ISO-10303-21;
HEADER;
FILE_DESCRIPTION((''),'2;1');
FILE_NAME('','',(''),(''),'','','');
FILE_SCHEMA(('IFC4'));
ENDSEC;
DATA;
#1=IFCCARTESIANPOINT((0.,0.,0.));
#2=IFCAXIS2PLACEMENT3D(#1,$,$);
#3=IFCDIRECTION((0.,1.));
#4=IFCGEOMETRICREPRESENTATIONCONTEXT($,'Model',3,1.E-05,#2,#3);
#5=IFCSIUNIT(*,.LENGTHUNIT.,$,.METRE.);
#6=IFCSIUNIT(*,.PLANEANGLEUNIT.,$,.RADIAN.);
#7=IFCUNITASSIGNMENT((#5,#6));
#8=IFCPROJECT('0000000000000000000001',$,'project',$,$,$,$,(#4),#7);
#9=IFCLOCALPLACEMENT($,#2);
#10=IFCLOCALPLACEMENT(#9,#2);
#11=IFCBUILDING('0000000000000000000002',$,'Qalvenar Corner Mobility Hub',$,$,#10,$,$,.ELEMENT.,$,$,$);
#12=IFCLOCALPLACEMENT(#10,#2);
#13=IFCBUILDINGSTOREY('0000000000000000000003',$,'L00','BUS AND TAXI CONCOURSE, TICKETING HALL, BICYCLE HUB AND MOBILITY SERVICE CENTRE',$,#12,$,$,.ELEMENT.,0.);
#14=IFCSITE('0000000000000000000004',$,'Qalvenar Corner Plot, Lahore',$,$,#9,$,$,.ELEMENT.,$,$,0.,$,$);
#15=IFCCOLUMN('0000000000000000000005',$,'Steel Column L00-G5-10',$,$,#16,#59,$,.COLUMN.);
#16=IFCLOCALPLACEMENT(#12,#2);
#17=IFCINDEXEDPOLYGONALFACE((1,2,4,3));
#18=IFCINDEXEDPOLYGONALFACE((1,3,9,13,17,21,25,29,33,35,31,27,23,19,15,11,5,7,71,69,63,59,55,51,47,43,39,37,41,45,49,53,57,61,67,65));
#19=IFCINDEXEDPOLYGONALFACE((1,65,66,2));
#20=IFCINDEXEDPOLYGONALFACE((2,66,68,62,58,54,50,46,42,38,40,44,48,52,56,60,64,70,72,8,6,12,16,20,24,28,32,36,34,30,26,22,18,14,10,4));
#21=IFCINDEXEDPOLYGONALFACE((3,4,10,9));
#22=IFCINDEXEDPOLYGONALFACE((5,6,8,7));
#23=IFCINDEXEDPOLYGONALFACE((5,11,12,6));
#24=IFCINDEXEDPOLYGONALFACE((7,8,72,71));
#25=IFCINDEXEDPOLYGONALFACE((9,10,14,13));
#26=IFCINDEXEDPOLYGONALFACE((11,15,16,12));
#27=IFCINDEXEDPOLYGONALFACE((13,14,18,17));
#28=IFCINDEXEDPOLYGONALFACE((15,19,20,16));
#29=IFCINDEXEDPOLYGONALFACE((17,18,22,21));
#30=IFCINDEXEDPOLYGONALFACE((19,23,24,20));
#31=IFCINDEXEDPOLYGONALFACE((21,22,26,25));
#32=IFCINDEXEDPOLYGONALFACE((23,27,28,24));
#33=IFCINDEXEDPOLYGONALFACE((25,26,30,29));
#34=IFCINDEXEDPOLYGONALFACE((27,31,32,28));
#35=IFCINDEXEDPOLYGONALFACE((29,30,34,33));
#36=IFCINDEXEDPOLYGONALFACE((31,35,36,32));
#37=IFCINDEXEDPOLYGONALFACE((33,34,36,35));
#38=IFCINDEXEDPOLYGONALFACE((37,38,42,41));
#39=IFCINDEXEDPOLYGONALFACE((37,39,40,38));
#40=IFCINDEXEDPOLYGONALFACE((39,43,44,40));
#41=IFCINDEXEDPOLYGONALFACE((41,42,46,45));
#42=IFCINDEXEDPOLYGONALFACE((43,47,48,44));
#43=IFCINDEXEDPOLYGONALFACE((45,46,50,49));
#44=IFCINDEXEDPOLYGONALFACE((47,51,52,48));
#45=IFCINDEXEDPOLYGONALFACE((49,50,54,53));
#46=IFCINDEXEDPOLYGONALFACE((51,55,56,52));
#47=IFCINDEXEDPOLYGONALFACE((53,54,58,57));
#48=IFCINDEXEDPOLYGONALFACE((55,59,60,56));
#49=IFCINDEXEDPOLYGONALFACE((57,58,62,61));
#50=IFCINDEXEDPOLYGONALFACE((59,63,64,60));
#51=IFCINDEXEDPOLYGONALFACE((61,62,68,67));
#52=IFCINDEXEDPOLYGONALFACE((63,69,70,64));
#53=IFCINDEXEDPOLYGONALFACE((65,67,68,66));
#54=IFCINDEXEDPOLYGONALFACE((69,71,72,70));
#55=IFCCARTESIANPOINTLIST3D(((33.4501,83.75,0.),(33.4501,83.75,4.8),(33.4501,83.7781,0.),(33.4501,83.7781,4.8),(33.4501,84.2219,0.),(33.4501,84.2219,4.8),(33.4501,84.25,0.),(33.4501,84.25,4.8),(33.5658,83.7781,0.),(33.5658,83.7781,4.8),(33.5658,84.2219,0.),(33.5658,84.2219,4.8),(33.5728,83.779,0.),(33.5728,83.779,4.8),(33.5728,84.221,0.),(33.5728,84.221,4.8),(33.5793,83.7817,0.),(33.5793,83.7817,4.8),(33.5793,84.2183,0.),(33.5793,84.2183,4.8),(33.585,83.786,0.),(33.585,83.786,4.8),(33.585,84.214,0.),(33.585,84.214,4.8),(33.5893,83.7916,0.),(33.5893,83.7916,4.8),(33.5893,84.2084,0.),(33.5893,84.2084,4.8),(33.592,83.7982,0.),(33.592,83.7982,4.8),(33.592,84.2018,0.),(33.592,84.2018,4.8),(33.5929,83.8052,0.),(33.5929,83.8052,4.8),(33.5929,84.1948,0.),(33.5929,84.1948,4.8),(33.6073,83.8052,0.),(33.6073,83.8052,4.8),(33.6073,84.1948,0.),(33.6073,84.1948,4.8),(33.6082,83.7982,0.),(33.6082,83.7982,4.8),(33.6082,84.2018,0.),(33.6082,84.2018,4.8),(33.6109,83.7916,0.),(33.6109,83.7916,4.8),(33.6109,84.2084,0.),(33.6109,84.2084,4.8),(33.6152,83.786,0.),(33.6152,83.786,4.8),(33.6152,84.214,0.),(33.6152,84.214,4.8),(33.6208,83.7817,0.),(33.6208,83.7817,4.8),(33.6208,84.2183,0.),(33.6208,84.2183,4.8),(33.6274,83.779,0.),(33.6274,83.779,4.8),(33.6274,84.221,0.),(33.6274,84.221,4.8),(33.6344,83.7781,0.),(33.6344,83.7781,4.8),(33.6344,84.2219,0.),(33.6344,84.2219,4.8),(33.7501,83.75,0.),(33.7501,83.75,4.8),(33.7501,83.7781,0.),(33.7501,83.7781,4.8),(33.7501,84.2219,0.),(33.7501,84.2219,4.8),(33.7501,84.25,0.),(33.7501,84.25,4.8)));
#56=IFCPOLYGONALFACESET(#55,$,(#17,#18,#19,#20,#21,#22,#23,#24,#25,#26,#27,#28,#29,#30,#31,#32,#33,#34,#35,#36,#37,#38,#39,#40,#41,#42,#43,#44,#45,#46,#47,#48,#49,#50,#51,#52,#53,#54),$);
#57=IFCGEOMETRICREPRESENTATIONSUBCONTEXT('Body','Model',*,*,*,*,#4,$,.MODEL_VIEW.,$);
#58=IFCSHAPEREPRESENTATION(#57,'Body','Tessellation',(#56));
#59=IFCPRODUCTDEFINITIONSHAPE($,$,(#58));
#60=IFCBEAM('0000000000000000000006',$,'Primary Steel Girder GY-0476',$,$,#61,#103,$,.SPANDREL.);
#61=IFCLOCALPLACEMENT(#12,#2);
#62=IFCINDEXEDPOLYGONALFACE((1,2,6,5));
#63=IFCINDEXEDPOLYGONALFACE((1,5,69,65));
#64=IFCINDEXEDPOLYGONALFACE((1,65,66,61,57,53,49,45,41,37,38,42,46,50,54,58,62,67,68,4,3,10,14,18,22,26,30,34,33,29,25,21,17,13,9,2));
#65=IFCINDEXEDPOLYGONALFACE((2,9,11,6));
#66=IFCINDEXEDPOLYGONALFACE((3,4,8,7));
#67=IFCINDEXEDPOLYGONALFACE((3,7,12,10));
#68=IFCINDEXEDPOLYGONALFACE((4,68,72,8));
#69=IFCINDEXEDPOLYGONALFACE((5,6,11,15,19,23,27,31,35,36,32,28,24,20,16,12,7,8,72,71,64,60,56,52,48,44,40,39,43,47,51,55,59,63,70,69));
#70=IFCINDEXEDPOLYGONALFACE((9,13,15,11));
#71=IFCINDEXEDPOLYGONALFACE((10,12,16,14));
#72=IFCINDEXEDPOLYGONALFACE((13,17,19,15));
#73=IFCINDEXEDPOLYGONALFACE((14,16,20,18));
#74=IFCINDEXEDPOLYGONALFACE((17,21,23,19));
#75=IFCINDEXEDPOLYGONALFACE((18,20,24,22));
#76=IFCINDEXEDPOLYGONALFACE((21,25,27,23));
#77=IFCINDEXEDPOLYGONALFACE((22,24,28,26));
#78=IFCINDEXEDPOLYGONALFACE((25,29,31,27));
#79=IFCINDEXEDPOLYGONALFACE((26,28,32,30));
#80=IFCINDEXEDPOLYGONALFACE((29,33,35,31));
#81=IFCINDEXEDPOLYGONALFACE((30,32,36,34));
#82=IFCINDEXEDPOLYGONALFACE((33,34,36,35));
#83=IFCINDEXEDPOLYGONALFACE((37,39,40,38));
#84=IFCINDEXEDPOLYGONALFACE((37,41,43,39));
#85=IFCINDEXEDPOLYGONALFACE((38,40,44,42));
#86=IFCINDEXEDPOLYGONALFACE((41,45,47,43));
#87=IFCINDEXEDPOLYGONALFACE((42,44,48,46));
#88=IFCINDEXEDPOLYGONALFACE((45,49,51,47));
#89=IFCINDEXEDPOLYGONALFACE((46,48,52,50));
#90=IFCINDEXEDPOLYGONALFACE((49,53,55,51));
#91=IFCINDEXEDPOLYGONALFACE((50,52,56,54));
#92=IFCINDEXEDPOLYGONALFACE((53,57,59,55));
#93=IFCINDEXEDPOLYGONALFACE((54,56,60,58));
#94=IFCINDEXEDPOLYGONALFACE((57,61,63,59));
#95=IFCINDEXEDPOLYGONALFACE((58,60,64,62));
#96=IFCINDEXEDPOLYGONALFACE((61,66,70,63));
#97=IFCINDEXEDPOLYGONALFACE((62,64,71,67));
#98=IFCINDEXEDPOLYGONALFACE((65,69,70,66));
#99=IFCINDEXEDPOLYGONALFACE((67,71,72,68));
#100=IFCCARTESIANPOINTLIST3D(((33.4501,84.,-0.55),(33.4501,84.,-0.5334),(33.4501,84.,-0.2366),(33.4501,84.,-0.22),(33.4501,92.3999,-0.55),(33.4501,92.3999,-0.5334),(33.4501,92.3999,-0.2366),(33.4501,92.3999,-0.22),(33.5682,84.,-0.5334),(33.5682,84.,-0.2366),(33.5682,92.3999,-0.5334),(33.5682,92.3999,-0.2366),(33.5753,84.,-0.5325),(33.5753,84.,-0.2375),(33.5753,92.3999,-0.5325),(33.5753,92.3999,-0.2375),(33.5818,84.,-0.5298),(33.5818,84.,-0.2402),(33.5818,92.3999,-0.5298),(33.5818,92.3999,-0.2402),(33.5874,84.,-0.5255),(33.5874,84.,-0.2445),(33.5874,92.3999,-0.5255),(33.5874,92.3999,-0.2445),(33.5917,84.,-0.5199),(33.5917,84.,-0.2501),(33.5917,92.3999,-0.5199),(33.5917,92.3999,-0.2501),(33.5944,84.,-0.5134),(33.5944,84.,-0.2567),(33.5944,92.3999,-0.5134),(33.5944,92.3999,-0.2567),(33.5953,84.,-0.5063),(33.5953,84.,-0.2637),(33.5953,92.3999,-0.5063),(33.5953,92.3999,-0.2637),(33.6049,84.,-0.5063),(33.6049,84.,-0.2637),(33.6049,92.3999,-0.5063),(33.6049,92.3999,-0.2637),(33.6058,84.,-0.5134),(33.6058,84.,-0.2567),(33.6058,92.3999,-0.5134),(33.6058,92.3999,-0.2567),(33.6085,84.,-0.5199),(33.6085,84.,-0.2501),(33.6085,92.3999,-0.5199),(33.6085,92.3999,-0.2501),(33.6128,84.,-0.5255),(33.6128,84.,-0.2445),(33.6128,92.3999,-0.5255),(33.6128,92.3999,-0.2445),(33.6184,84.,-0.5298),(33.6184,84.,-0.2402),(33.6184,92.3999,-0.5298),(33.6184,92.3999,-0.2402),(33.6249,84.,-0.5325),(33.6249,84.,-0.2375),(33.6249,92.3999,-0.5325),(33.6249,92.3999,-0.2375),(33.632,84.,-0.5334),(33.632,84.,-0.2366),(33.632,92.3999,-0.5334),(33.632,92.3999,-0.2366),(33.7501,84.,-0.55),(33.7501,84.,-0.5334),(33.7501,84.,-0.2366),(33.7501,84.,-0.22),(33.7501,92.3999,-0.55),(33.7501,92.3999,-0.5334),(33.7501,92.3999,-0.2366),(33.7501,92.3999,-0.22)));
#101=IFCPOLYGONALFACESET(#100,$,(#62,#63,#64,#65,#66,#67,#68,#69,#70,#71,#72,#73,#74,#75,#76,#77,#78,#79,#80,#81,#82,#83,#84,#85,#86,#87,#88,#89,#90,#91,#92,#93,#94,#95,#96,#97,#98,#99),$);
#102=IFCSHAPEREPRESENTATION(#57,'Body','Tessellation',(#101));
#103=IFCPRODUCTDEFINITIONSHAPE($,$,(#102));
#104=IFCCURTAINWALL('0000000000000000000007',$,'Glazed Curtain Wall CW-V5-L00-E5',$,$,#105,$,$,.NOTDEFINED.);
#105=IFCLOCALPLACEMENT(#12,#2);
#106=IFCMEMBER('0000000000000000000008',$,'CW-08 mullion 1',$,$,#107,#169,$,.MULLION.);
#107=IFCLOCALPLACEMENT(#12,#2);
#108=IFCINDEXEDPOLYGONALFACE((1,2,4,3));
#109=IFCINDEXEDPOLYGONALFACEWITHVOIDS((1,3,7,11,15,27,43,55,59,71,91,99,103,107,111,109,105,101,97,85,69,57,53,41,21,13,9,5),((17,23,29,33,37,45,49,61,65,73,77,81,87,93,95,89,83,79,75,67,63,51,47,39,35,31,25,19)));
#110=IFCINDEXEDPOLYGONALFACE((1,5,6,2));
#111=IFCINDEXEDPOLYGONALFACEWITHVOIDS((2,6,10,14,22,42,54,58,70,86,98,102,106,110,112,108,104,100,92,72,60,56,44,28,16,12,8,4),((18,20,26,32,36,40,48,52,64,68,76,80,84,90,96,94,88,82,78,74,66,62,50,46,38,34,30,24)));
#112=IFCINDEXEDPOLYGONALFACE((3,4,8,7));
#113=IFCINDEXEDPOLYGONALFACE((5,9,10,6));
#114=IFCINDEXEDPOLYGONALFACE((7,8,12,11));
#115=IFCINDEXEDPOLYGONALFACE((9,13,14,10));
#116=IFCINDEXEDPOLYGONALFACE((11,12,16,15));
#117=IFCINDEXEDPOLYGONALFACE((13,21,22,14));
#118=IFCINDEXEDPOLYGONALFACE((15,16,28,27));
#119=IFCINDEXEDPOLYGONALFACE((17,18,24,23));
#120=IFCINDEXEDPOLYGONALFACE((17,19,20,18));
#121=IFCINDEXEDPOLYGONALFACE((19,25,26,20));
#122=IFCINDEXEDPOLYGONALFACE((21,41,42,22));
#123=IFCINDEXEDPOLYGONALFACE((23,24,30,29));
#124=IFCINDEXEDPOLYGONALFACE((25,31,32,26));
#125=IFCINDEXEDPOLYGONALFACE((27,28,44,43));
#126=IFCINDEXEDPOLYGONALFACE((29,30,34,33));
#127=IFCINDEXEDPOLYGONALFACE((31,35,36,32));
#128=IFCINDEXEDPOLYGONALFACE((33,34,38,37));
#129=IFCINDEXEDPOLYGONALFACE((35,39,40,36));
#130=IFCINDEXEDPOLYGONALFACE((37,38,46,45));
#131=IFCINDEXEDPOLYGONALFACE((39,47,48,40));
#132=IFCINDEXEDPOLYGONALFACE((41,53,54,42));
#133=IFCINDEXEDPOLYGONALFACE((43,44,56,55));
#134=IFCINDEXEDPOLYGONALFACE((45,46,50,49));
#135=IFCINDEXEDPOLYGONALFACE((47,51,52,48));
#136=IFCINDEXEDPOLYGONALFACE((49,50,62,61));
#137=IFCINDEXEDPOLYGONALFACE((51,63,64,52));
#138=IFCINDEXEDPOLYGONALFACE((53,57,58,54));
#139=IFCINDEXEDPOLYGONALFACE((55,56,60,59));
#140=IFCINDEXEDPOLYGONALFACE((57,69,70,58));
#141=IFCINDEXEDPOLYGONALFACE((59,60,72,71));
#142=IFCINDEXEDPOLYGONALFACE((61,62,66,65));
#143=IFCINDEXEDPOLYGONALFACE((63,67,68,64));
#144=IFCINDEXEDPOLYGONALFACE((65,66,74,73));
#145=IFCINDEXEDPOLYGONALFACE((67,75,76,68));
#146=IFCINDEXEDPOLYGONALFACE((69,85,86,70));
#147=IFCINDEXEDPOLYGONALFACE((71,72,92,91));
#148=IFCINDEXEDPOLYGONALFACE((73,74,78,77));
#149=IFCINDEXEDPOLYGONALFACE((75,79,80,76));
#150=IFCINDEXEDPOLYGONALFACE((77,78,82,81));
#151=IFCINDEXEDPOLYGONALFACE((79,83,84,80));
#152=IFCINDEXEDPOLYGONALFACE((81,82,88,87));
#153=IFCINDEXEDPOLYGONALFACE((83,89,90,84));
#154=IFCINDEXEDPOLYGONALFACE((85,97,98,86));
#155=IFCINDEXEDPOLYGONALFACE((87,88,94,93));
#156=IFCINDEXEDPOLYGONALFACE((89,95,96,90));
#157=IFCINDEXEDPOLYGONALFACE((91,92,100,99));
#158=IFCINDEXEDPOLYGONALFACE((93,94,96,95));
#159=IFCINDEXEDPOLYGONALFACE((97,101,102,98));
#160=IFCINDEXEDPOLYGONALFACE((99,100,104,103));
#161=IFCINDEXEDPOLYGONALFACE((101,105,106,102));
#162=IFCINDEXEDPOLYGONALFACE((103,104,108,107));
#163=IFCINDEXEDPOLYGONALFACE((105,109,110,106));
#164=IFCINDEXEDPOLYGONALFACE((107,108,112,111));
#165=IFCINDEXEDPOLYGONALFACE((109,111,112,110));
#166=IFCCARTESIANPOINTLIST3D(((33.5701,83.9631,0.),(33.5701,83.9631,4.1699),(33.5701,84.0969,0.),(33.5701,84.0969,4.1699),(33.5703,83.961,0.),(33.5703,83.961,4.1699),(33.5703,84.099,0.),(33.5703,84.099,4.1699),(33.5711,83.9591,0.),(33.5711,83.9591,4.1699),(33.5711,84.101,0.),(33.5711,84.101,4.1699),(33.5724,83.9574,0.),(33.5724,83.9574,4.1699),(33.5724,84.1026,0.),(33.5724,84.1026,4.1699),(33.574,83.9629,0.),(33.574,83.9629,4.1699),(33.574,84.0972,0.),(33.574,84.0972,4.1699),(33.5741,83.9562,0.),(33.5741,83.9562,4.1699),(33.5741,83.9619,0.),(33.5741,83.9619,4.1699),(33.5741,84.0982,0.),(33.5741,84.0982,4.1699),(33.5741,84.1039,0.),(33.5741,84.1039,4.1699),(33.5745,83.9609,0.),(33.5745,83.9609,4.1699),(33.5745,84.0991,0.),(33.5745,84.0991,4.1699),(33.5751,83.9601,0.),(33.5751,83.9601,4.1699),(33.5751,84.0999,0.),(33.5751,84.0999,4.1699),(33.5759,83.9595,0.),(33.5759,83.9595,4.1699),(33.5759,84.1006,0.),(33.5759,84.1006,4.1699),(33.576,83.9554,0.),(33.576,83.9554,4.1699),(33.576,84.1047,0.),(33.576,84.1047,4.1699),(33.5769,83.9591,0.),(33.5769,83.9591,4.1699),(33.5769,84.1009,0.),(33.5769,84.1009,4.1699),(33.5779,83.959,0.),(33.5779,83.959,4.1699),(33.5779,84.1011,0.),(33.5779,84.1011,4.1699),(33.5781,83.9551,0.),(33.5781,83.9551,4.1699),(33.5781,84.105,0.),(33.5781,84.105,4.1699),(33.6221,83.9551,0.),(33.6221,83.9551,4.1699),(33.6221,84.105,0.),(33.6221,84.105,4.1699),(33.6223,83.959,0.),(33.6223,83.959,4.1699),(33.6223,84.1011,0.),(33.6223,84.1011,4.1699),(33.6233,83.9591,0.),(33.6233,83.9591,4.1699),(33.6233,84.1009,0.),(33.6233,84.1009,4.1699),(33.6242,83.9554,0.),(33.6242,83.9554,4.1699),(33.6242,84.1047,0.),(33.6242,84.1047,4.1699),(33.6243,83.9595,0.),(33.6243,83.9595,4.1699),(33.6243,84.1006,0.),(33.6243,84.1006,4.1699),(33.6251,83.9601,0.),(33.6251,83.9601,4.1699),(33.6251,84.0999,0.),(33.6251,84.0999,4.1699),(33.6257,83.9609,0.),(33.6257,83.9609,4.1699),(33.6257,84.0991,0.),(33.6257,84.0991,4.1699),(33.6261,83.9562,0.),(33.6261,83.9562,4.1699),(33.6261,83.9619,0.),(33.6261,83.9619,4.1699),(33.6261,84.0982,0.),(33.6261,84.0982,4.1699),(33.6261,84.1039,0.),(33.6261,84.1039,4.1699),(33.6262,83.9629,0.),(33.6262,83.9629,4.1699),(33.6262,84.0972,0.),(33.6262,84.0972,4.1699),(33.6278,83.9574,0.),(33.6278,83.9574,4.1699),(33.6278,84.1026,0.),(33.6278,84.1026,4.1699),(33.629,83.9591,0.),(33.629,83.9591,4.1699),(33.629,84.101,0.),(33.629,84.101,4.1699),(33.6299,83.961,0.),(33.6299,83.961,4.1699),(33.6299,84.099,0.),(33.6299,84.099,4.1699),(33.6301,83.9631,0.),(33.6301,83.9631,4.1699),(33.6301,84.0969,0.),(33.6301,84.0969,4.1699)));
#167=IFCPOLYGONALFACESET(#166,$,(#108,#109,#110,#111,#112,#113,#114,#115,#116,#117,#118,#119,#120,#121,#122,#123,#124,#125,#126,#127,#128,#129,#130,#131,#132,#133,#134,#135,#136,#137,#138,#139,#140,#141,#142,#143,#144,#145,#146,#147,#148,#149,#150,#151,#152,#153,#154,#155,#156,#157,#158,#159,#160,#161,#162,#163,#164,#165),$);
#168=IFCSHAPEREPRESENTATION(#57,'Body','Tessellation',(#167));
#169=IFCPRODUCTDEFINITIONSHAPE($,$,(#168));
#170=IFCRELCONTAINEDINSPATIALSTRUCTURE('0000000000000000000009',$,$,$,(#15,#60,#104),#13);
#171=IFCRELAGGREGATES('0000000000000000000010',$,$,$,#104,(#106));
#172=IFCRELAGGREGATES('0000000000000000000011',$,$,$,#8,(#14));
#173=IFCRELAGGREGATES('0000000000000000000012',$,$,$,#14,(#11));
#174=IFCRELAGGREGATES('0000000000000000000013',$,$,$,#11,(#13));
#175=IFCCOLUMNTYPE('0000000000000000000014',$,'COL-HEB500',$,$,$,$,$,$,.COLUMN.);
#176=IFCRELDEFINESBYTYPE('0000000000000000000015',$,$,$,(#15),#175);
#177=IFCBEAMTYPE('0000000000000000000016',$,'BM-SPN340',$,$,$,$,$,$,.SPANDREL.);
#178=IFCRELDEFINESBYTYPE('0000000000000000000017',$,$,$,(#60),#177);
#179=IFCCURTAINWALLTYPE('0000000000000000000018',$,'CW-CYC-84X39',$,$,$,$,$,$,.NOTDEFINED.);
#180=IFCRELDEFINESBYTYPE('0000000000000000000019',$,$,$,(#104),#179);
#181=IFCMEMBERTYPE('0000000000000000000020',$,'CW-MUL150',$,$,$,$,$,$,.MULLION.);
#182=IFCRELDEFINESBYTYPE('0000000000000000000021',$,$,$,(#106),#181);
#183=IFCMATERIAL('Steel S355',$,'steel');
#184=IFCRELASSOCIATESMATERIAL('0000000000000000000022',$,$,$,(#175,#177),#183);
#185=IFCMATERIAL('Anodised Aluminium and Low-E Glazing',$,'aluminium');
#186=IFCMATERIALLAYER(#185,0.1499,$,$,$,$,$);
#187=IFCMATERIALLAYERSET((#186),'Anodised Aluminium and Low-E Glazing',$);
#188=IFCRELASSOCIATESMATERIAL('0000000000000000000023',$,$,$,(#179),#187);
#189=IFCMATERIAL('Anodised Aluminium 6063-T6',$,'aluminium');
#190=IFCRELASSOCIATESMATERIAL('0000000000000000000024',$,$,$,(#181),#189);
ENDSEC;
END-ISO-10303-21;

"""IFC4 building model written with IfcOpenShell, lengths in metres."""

from ifc_helpers import new_model, si_unit, direction, frame, origin, origin_2d, place, context, subcontext, project, spatial, hollow_rectangle, i_section, extrude, material, layer, layer_set, material_profile, profile_set, type_object, element, aggregate, save


model = new_model("IFC4")

# Units and contexts
model_context = context("Model", 3, precision=1e-05, world=origin(), true_north=direction((0.0, 1.0)))
body_context = subcontext(model_context, "Body", "Model", "MODEL_VIEW")
ifc_project = project(units=[si_unit("LENGTHUNIT", "METRE"), si_unit("PLANEANGLEUNIT", "RADIAN")], contexts=[model_context])

# Site, building, storey
site_placement = place(None, origin())
site = spatial("IfcSite", under=ifc_project, at=site_placement, Name="Qalvenar Corner Plot, Lahore", CompositionType="ELEMENT", RefElevation=0.0)
building_placement = place(site_placement, origin())
building = spatial("IfcBuilding", under=site, at=building_placement, Name="Qalvenar Corner Mobility Hub", CompositionType="ELEMENT")
storey_placement = place(building_placement, origin())
storey = spatial("IfcBuildingStorey", under=building, at=storey_placement, Name="L00", Description="BUS AND TAXI CONCOURSE, TICKETING HALL, BICYCLE HUB AND MOBILITY SERVICE CENTRE", CompositionType="ELEMENT", Elevation=0.0)

# Column
ifc_material_1 = material(Name="Steel S355", Category="steel")
ifc_material_profile_1 = material_profile(ifc_material_1, i_section(OverallWidth=0.3, OverallDepth=0.5, WebThickness=0.0144, FlangeThickness=0.0281, FilletRadius=0.0271, at=origin_2d()), Name="HEB500")
ifc_profile_set_1 = profile_set([ifc_material_profile_1], Name="Steel S355")
column_type = type_object("IfcColumnType", Name="COL-HEB500", PredefinedType="COLUMN", material=ifc_profile_set_1)
column_placement = place(storey_placement, frame((33.6001, 84.0, 0.0), z_axis=(0.0, 0.0, 1.0), x_axis=(1.0, 0.0, 0.0)))
element("IfcColumn", 1, at=column_placement, inside=storey, type_object=column_type, Name="Steel Column L00-G5-10", PredefinedType="COLUMN", context=body_context, shape_type="SweptSolid", body=[
    extrude(i_section(OverallWidth=0.3, OverallDepth=0.5, WebThickness=0.0144, FlangeThickness=0.0281, FilletRadius=0.0271, at=origin_2d()), origin(), (0.0, 0.0, 1.0), 4.8),
])

# Beam
ifc_material_profile_2 = material_profile(ifc_material_1, i_section(OverallWidth=0.3, OverallDepth=0.3301, WebThickness=0.0095, FlangeThickness=0.0166, FilletRadius=0.0271, at=origin_2d()), Name="HEA340")
ifc_profile_set_2 = profile_set([ifc_material_profile_2], Name="Steel S355")
beam_type = type_object("IfcBeamType", Name="BM-SPN340", PredefinedType="SPANDREL", material=ifc_profile_set_2)
beam_placement = place(storey_placement, frame((33.6001, 84.0, -0.385), z_axis=(0.0, 1.0, 0.0), x_axis=(-1.0, 0.0, 0.0)))
element("IfcBeam", 2, at=beam_placement, inside=storey, type_object=beam_type, Name="Primary Steel Girder GY-0476", PredefinedType="SPANDREL", context=body_context, shape_type="SweptSolid", body=[
    extrude(i_section(OverallWidth=0.3, OverallDepth=0.3301, WebThickness=0.0095, FlangeThickness=0.0166, FilletRadius=0.0271, at=origin_2d()), origin(), (0.0, 0.0, 1.0), 8.3999),
])

# Curtain wall, member
ifc_material_2 = material(Name="Anodised Aluminium and Low-E Glazing", Category="aluminium")
ifc_layer_1 = layer(ifc_material_2, 0.1499)
ifc_layer_set_1 = layer_set([ifc_layer_1], Name="Anodised Aluminium and Low-E Glazing")
curtain_wall_type = type_object("IfcCurtainWallType", Name="CW-CYC-84X39", PredefinedType="NOTDEFINED", material=ifc_layer_set_1)
curtain_wall_placement = place(storey_placement, origin())
curtain_wall = element("IfcCurtainWall", 3, at=curtain_wall_placement, inside=storey, type_object=curtain_wall_type, Name="Glazed Curtain Wall CW-V5-L00-E5", PredefinedType="NOTDEFINED")
ifc_material_3 = material(Name="Anodised Aluminium 6063-T6", Category="aluminium")
ifc_material_profile_3 = material_profile(ifc_material_3, hollow_rectangle(XDim=0.0601, YDim=0.1499, WallThickness=0.0039, InnerFilletRadius=0.0039, OuterFilletRadius=0.0081, at=origin_2d()), Name="RHS150x60x4")
ifc_profile_set_3 = profile_set([ifc_material_profile_3], Name="Anodised Aluminium 6063-T6")
member_type_1 = type_object("IfcMemberType", Name="CW-MUL150", PredefinedType="MULLION", material=ifc_profile_set_3)
member_1_placement = place(storey_placement, frame((33.6001, 84.03, 0.0), z_axis=(0.0, 0.0, 1.0), x_axis=(-1.0, 0.0, 0.0)))
member_1 = element("IfcMember", 4, at=member_1_placement, type_object=member_type_1, Name="CW-08 mullion 1", PredefinedType="MULLION", context=body_context, shape_type="SweptSolid", body=[
    extrude(hollow_rectangle(XDim=0.0601, YDim=0.1499, WallThickness=0.0039, InnerFilletRadius=0.0039, OuterFilletRadius=0.0081, at=origin_2d()), origin(), (0.0, 0.0, 1.0), 4.1699),
])
aggregate(curtain_wall, [member_1])

save(model, "model.ifc")
